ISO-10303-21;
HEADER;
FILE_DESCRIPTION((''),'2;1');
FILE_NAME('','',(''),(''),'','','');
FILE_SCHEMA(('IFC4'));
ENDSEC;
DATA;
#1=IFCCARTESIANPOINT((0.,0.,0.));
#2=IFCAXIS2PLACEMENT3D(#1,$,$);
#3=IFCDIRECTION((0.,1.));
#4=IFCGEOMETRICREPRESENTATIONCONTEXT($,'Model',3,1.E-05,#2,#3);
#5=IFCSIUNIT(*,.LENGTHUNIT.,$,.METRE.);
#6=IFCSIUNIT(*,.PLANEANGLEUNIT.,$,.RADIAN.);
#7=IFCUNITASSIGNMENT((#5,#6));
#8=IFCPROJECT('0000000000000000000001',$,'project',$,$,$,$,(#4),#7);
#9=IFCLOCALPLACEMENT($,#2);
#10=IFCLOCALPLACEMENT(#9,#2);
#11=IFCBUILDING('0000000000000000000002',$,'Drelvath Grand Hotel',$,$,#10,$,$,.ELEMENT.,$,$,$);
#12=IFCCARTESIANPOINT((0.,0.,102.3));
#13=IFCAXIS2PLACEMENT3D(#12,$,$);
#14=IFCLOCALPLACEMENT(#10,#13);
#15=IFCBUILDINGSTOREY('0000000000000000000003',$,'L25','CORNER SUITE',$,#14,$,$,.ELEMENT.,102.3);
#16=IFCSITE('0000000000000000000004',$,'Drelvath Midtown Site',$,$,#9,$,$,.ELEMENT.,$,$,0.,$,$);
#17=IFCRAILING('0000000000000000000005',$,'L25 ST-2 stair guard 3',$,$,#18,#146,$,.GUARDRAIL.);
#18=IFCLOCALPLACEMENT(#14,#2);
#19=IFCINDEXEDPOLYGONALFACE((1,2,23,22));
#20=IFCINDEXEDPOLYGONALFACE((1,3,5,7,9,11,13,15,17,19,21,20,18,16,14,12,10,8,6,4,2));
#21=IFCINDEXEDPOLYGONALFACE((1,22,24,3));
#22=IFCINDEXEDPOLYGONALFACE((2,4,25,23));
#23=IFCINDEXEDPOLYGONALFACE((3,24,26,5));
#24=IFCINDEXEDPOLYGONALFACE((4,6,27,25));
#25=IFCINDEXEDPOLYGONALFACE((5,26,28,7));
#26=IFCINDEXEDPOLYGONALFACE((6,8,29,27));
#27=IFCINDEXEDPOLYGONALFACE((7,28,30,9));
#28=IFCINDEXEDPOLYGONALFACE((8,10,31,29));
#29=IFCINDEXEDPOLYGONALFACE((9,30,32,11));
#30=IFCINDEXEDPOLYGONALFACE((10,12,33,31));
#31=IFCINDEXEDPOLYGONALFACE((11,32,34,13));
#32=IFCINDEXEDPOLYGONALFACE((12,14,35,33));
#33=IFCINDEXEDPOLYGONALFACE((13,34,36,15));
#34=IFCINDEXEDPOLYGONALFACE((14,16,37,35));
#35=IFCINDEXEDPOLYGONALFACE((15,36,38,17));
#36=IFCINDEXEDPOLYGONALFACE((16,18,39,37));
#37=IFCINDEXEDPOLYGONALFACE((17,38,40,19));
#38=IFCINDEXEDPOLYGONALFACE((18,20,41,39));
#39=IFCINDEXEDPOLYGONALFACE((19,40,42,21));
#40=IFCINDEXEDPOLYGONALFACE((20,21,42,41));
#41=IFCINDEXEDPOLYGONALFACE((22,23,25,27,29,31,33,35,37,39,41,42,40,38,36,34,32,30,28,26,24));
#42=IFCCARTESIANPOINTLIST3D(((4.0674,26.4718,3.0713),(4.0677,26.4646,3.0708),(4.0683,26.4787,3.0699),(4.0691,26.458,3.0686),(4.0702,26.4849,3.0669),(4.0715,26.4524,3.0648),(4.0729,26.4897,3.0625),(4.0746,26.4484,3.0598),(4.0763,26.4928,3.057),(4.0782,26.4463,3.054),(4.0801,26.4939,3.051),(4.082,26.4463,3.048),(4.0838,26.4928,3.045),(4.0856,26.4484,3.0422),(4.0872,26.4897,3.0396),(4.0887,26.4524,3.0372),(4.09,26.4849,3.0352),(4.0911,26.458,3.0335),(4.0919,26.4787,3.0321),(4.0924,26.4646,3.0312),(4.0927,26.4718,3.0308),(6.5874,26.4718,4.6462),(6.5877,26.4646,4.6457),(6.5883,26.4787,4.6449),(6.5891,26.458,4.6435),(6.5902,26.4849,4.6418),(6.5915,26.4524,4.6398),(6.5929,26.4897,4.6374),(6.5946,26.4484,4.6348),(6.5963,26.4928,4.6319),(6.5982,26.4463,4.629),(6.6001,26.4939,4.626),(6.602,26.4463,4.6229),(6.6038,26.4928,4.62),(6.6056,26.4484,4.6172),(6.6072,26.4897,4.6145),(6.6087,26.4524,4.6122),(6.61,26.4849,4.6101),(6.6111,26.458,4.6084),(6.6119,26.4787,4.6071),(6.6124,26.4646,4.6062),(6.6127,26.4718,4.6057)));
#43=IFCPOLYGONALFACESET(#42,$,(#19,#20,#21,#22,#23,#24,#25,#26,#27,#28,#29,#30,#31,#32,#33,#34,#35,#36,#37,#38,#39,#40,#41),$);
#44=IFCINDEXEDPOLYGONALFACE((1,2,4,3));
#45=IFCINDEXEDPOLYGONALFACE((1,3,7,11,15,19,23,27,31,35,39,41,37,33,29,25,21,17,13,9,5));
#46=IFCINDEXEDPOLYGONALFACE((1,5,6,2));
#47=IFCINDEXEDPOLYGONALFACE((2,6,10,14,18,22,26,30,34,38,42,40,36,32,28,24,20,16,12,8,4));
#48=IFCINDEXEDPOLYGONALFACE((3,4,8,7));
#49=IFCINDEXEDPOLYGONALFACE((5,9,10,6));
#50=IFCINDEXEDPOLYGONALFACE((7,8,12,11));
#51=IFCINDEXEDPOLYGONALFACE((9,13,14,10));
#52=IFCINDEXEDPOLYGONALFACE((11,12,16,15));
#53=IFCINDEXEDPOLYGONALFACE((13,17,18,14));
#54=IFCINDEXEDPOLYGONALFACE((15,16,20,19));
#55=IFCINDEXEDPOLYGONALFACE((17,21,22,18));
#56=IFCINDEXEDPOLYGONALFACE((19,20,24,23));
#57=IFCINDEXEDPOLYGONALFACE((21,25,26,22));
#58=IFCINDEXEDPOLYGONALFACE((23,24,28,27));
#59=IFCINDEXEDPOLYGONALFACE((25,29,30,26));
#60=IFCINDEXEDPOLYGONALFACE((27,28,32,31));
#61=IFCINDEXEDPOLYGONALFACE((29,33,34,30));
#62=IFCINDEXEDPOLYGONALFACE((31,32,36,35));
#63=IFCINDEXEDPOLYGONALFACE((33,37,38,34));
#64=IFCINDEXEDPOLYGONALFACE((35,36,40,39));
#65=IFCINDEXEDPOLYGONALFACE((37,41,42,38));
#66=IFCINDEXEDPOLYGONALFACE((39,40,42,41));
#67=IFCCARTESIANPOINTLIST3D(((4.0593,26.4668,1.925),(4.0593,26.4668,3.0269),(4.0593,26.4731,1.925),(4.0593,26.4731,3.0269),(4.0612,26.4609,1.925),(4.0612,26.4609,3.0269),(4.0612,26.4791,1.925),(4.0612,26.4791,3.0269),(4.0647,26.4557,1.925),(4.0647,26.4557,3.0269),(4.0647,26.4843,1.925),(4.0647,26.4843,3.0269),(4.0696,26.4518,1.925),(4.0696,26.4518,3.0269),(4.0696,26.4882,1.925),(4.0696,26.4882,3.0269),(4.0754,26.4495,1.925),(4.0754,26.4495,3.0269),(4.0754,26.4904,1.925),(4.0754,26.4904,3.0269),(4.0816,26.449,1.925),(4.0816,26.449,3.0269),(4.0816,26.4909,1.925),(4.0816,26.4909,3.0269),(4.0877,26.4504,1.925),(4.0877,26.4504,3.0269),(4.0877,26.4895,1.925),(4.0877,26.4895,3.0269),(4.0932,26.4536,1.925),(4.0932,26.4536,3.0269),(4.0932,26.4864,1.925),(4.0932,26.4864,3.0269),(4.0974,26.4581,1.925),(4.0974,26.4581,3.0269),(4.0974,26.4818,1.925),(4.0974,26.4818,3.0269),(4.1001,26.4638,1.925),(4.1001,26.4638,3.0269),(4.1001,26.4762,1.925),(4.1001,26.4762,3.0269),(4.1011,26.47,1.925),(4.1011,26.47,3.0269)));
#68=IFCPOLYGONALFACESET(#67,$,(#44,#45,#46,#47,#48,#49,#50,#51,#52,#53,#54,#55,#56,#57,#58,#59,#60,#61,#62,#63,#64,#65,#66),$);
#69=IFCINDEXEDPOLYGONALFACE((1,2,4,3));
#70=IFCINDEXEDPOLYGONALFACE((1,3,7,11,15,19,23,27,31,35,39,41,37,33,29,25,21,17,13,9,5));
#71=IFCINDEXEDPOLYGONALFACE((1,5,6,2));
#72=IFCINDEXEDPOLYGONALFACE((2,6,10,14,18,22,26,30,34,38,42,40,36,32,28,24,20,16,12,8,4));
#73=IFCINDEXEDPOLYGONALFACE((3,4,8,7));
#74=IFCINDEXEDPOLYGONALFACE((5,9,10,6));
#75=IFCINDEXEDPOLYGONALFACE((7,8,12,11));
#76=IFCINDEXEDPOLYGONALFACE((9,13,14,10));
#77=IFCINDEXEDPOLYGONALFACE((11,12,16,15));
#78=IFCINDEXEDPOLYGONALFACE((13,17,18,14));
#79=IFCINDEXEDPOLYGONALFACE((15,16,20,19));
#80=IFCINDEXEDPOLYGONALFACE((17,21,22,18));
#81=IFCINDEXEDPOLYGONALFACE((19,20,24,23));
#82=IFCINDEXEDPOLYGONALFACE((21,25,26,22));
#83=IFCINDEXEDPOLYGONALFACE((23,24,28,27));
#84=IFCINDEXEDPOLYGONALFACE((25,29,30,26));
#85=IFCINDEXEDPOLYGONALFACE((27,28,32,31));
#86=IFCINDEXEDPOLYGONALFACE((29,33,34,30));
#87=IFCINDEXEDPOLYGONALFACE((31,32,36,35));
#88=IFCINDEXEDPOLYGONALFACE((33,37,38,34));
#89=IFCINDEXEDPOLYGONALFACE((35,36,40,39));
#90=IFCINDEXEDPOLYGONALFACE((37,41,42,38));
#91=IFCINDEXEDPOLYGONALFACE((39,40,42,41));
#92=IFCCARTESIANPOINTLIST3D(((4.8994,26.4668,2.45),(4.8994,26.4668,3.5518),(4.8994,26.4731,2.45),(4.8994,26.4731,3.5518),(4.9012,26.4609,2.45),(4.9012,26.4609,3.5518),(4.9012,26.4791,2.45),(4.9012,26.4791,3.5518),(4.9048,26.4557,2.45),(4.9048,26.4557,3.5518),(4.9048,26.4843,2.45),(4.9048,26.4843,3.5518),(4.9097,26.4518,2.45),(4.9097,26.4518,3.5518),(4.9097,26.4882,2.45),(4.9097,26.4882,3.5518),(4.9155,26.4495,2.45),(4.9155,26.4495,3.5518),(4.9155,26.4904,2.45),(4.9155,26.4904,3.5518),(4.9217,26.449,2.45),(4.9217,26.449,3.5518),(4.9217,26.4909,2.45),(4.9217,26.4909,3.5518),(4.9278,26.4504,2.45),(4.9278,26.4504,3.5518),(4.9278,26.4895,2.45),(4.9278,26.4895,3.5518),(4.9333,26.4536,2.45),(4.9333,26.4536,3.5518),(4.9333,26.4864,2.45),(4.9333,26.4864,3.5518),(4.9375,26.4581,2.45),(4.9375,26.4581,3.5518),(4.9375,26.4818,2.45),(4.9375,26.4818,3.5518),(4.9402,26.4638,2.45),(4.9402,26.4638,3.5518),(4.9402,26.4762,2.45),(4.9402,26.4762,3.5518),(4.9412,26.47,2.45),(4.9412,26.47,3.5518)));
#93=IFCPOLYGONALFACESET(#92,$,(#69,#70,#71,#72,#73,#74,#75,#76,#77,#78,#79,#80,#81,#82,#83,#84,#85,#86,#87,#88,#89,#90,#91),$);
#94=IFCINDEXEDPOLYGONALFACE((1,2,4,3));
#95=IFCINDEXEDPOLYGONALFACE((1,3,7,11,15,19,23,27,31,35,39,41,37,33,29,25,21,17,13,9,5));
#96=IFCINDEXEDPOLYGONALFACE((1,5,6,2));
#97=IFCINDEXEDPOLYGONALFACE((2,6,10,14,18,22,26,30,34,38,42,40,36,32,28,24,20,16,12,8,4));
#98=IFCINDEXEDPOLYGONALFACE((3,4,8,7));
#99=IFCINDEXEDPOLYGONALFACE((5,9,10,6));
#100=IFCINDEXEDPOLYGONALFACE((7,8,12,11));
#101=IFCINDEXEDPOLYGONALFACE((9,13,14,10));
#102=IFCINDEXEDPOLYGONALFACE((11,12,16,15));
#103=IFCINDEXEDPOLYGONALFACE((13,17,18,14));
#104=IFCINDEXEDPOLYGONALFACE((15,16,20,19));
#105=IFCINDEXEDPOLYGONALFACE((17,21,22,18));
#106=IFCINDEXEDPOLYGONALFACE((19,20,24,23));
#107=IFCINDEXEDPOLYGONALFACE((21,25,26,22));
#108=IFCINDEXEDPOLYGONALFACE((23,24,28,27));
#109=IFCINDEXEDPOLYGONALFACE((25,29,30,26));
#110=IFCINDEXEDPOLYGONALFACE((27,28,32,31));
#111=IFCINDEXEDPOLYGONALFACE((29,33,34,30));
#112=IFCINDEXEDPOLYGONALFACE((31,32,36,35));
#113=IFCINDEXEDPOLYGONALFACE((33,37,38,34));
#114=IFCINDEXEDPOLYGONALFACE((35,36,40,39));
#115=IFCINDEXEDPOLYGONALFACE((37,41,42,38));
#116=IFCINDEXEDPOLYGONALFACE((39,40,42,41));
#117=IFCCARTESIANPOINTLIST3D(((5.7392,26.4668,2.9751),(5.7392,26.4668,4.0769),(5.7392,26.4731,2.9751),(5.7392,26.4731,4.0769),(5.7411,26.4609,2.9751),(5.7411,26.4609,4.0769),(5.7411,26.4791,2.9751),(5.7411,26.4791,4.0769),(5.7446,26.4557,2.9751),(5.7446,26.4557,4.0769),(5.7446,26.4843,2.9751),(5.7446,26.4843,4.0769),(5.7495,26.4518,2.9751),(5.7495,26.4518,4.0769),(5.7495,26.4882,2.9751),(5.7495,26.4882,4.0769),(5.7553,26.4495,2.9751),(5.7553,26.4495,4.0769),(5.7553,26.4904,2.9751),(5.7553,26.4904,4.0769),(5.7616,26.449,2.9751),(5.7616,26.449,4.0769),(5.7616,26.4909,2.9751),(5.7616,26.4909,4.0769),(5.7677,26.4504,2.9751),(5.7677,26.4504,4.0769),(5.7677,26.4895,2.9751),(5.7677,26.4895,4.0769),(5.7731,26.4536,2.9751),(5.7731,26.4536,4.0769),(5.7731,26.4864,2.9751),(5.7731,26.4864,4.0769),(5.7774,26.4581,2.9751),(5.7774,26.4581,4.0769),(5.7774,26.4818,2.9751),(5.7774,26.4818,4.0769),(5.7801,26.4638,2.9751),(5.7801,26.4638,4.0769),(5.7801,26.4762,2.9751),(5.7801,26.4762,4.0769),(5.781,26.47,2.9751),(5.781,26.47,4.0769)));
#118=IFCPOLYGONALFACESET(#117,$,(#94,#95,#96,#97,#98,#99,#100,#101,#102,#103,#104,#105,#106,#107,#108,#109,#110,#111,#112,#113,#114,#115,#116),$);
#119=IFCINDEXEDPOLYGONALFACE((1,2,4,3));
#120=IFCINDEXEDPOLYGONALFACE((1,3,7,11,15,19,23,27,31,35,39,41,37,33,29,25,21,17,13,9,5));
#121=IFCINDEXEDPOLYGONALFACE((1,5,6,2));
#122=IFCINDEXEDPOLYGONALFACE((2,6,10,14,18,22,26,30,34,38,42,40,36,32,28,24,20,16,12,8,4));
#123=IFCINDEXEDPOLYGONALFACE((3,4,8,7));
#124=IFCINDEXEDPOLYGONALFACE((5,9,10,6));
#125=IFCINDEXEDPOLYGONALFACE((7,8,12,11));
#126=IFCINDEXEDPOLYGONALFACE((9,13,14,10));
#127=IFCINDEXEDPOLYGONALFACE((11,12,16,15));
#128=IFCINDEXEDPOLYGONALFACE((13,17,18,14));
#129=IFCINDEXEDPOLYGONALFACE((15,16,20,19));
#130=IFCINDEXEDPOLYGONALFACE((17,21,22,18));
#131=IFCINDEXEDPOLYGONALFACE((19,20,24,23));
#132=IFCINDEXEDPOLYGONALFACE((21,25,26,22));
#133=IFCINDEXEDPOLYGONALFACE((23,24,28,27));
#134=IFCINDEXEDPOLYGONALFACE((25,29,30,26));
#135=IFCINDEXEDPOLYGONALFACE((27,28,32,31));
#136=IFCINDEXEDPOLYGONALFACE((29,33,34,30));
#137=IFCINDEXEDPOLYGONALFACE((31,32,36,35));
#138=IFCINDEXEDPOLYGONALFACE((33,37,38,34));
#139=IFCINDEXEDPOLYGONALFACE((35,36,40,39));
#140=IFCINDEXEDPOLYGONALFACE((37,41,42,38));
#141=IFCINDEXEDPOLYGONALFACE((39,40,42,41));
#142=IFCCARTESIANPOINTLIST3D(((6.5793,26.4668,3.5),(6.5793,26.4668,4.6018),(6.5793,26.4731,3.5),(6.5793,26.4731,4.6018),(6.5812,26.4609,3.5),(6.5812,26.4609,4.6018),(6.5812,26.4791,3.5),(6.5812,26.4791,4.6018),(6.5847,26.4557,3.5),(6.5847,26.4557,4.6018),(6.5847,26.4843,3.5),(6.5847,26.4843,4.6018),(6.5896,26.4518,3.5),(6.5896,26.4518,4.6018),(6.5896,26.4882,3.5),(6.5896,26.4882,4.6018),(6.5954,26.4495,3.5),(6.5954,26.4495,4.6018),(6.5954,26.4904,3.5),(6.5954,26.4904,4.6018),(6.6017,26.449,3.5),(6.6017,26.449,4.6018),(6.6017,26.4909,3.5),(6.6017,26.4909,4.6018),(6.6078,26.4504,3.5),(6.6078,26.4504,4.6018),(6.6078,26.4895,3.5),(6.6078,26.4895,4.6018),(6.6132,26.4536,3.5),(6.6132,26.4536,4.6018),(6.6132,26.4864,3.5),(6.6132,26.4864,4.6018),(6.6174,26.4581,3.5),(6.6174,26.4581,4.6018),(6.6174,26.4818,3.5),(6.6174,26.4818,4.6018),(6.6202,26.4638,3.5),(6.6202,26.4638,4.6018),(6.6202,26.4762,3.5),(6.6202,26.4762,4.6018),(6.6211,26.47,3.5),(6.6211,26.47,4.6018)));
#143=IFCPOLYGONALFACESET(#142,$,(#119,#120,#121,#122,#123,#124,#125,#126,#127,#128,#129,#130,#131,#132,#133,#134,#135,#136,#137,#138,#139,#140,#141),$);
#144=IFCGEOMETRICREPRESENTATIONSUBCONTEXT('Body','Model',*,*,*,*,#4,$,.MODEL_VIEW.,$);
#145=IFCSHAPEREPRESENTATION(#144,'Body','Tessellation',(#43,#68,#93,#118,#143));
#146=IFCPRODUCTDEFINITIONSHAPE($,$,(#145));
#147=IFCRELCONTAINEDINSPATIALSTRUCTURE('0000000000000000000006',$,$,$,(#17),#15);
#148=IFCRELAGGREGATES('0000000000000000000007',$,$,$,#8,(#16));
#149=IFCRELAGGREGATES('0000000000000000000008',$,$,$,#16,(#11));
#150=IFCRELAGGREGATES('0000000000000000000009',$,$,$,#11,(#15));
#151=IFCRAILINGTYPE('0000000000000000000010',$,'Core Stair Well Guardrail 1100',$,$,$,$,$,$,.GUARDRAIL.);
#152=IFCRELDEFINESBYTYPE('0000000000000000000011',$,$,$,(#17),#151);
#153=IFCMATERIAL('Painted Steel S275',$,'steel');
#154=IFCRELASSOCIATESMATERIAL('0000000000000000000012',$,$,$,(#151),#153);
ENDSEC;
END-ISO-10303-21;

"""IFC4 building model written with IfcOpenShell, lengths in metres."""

from ifc_helpers import new_model, si_unit, direction, frame, origin, origin_2d, place, context, subcontext, project, spatial, circle, extrude, material, type_object, element, save


model = new_model("IFC4")

# Units and contexts
model_context = context("Model", 3, precision=1e-05, world=origin(), true_north=direction((0.0, 1.0)))
body_context = subcontext(model_context, "Body", "Model", "MODEL_VIEW")
ifc_project = project(units=[si_unit("LENGTHUNIT", "METRE"), si_unit("PLANEANGLEUNIT", "RADIAN")], contexts=[model_context])

# Site, building, storey
site_placement = place(None, origin())
site = spatial("IfcSite", under=ifc_project, at=site_placement, Name="Drelvath Midtown Site", CompositionType="ELEMENT", RefElevation=0.0)
building_placement = place(site_placement, origin())
building = spatial("IfcBuilding", under=site, at=building_placement, Name="Drelvath Grand Hotel", CompositionType="ELEMENT")
storey_placement = place(building_placement, frame((0.0, 0.0, 102.3)))
storey = spatial("IfcBuildingStorey", under=building, at=storey_placement, Name="L25", Description="CORNER SUITE", CompositionType="ELEMENT", Elevation=102.3)

# Railing
ifc_material_1 = material(Name="Painted Steel S275", Category="steel")
railing_type_1 = type_object("IfcRailingType", Name="Core Stair Well Guardrail 1100", PredefinedType="GUARDRAIL", material=ifc_material_1)
railing_1_placement = place(storey_placement, frame((4.0801, 26.47, 1.925)))
element("IfcRailing", 1, at=railing_1_placement, inside=storey, type_object=railing_type_1, Name="L25 ST-2 stair guard 3", PredefinedType="GUARDRAIL", context=body_context, shape_type="SweptSolid", body=[
    extrude(circle(Radius=0.0239, at=origin_2d()), frame((0.0, 0.0, 1.126), z_axis=(0.848008, 0.0, 0.529984), x_axis=(0.0, 1.0, 0.0)), (0.0, 0.0, 1.0), 2.9717),
    extrude(circle(Radius=0.021, at=origin_2d()), origin(), (0.0, 0.0, 1.0), 1.1018),
    extrude(circle(Radius=0.021, at=origin_2d()), frame((0.8401, 0.0, 0.5249)), (0.0, 0.0, 1.0), 1.1018),
    extrude(circle(Radius=0.021, at=origin_2d()), frame((1.6799, 0.0, 1.05)), (0.0, 0.0, 1.0), 1.1018),
    extrude(circle(Radius=0.021, at=origin_2d()), frame((2.52, 0.0, 1.575)), (0.0, 0.0, 1.0), 1.1018),
])

save(model, "model.ifc")
